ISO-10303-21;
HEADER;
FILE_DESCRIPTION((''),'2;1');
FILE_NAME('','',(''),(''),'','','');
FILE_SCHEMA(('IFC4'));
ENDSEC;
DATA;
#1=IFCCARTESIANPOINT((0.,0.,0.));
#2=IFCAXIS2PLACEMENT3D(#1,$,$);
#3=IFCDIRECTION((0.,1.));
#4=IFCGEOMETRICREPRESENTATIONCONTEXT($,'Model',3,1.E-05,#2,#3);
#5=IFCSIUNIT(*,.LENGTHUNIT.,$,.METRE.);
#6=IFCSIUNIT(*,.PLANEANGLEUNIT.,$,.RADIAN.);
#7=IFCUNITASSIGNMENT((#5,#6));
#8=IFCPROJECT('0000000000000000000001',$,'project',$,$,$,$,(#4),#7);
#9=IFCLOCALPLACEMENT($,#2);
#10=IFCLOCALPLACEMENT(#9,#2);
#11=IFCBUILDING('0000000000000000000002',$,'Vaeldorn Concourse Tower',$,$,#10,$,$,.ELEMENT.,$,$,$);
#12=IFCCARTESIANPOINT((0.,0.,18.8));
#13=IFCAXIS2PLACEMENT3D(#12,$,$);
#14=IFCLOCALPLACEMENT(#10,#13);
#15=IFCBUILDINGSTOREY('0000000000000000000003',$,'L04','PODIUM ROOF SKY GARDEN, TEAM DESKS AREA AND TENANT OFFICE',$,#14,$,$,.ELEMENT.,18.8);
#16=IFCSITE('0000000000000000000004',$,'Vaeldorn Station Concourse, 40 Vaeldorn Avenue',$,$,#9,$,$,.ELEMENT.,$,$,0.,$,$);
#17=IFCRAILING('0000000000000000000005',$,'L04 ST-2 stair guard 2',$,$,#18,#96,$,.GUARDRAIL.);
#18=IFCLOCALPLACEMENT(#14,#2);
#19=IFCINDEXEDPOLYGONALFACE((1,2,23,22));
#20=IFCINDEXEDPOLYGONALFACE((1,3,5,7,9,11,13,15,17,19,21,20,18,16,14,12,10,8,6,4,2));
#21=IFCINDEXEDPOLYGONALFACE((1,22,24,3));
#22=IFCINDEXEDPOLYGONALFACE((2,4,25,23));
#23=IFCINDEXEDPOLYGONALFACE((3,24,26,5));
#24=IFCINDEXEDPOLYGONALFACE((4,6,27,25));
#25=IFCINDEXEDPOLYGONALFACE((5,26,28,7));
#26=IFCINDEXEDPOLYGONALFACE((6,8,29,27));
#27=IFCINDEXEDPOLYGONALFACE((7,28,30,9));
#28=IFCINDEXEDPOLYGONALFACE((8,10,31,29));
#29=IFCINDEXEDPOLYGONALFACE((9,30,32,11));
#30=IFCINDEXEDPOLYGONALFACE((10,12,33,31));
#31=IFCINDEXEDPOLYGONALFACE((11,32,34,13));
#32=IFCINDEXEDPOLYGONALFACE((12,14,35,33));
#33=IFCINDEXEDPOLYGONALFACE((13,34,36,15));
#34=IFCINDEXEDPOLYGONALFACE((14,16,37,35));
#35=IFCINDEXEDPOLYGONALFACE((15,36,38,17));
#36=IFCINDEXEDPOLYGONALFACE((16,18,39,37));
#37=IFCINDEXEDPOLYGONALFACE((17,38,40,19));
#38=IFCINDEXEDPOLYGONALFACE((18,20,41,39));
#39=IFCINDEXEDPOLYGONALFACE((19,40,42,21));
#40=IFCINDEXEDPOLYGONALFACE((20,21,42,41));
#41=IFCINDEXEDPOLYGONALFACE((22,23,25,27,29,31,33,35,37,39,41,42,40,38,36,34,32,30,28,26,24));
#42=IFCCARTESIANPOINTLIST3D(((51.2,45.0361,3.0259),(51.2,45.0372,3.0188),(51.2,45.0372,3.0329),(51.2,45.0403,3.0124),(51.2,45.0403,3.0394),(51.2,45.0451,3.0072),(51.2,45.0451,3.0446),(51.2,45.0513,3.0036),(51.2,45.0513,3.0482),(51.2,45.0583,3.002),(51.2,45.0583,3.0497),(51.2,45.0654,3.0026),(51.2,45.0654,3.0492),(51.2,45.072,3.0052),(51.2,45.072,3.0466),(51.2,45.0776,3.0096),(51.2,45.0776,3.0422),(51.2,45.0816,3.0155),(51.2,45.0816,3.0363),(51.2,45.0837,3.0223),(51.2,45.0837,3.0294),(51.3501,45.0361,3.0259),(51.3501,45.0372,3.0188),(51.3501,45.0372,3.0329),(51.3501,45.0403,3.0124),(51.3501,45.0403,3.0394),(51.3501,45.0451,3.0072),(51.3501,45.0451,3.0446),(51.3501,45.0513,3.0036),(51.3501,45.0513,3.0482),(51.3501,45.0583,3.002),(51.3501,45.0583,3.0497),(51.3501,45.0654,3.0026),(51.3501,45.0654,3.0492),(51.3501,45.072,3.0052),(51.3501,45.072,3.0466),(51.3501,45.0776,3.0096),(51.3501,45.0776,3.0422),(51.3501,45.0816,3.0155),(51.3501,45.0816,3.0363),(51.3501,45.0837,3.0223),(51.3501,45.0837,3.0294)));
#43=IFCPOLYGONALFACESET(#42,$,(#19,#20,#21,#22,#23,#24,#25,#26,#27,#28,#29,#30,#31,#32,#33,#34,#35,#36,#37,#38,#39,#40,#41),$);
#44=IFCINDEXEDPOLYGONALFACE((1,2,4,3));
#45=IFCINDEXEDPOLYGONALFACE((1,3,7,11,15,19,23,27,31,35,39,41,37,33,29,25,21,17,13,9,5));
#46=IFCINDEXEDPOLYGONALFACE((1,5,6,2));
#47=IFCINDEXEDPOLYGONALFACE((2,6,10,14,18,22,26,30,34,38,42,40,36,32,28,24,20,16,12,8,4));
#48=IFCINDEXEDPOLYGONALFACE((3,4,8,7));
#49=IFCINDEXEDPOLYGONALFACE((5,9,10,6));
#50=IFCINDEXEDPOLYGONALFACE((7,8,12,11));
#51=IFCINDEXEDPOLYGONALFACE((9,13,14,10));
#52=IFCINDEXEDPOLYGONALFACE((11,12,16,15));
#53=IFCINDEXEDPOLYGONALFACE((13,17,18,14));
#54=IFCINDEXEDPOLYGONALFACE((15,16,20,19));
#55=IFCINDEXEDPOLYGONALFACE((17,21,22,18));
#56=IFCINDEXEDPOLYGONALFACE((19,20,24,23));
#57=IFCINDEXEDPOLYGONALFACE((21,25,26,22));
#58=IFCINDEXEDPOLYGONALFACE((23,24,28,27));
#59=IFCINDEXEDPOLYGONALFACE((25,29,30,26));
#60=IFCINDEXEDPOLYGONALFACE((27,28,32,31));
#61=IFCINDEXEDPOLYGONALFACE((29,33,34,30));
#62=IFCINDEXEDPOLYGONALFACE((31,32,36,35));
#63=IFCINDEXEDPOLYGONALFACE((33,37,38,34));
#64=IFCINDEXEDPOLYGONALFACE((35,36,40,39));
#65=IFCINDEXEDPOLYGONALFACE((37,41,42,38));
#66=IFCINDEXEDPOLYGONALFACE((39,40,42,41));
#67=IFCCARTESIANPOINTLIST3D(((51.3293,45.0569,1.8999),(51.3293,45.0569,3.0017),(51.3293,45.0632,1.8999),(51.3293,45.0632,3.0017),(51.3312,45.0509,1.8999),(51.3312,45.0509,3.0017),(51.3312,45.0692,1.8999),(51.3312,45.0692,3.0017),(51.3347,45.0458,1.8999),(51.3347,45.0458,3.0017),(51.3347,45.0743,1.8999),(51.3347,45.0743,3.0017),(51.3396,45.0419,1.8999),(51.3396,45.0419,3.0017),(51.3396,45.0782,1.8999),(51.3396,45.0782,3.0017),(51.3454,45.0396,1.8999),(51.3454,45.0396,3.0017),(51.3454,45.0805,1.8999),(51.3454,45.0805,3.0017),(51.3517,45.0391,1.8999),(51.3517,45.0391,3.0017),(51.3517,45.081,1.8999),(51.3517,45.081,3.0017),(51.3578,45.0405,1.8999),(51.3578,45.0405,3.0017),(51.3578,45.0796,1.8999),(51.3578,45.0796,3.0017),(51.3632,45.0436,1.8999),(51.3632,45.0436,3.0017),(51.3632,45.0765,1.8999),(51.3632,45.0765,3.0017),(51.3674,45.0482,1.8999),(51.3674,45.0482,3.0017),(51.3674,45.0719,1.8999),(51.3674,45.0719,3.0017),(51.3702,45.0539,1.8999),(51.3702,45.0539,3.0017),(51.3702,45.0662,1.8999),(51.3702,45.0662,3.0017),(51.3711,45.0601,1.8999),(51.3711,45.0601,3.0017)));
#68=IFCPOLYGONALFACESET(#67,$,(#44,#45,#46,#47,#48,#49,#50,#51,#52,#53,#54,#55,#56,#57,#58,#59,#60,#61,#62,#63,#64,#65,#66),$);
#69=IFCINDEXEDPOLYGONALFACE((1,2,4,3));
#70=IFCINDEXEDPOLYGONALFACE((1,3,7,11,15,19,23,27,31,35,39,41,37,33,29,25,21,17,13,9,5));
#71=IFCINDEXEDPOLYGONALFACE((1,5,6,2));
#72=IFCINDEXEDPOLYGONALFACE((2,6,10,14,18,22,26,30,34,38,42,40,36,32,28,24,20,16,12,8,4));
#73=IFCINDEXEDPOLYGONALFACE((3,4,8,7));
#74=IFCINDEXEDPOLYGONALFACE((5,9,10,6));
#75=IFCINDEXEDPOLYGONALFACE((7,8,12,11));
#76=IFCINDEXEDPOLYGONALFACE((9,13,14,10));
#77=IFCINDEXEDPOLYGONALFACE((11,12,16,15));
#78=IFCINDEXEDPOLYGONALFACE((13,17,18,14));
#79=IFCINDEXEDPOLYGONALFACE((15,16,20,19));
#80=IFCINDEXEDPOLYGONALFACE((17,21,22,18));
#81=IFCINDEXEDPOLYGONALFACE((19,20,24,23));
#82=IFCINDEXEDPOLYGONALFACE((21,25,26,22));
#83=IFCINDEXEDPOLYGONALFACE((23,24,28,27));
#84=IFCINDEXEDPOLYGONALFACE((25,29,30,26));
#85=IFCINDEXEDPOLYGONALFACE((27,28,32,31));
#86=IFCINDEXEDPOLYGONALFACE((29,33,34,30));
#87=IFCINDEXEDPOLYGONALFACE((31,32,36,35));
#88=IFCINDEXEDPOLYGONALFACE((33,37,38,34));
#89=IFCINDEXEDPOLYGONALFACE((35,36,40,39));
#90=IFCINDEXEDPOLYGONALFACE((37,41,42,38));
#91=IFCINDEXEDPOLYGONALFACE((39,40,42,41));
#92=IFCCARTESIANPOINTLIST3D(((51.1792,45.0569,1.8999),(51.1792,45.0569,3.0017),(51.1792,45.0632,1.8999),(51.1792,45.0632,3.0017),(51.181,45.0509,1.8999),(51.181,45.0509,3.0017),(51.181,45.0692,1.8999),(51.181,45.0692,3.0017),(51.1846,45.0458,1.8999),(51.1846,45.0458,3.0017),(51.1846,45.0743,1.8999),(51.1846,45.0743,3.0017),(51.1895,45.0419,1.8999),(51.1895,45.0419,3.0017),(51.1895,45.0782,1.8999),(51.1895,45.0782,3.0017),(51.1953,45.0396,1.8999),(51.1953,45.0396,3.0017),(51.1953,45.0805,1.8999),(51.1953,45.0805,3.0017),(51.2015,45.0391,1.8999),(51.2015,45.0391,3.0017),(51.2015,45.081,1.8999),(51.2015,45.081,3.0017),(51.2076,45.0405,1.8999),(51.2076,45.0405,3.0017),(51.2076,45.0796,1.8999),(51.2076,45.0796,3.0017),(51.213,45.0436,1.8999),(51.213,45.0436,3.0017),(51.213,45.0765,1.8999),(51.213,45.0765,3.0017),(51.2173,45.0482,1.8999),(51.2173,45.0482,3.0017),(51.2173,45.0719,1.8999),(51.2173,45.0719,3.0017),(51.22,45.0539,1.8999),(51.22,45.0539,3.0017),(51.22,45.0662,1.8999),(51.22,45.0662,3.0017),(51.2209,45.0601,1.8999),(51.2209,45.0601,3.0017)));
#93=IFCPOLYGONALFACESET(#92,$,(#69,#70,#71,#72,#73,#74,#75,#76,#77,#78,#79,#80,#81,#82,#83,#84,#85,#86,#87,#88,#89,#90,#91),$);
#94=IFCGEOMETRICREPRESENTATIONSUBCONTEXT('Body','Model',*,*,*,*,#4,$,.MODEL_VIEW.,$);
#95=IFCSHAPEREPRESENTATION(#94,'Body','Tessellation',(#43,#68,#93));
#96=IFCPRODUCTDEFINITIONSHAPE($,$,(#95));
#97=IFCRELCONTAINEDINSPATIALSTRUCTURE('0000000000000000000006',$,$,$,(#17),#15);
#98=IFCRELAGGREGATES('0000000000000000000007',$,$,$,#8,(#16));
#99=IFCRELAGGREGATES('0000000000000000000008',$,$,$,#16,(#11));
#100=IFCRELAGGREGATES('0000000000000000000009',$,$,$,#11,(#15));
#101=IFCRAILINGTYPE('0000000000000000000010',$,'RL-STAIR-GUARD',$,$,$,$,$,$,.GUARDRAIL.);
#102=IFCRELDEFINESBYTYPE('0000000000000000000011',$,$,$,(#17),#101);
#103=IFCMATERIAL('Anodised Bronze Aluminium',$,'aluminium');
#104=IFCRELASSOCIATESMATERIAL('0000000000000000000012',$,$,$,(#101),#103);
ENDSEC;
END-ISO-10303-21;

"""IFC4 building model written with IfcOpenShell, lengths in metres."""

from ifc_helpers import new_model, si_unit, direction, frame, origin, origin_2d, place, context, subcontext, project, spatial, circle, extrude, material, type_object, element, save


model = new_model("IFC4")

# Units and contexts
model_context = context("Model", 3, precision=1e-05, world=origin(), true_north=direction((0.0, 1.0)))
body_context = subcontext(model_context, "Body", "Model", "MODEL_VIEW")
ifc_project = project(units=[si_unit("LENGTHUNIT", "METRE"), si_unit("PLANEANGLEUNIT", "RADIAN")], contexts=[model_context])

# Site, building, storey
site_placement = place(None, origin())
site = spatial("IfcSite", under=ifc_project, at=site_placement, Name="Vaeldorn Station Concourse, 40 Vaeldorn Avenue", CompositionType="ELEMENT", RefElevation=0.0)
building_placement = place(site_placement, origin())
building = spatial("IfcBuilding", under=site, at=building_placement, Name="Vaeldorn Concourse Tower", CompositionType="ELEMENT")
storey_placement = place(building_placement, frame((0.0, 0.0, 18.8)))
storey = spatial("IfcBuildingStorey", under=building, at=storey_placement, Name="L04", Description="PODIUM ROOF SKY GARDEN, TEAM DESKS AREA AND TENANT OFFICE", CompositionType="ELEMENT", Elevation=18.8)

# Shared definitions
ifc_material_1 = material(Name="Anodised Bronze Aluminium", Category="aluminium")

# Railing
railing_type_1 = type_object("IfcRailingType", Name="RL-STAIR-GUARD", PredefinedType="GUARDRAIL", material=ifc_material_1)
railing_1_placement = place(storey_placement, frame((51.3501, 45.0601, 1.8999)))
element("IfcRailing", 1, at=railing_1_placement, inside=storey, type_object=railing_type_1, Name="L04 ST-2 stair guard 2", PredefinedType="GUARDRAIL", context=body_context, shape_type="SweptSolid", body=[
    extrude(circle(Radius=0.0239, at=origin_2d()), frame((0.0, 0.0, 1.126), z_axis=(-1.0, 0.0, 0.0), x_axis=(0.0, -1.0, 0.0)), (0.0, 0.0, 1.0), 0.1501),
    extrude(circle(Radius=0.021, at=origin_2d()), origin(), (0.0, 0.0, 1.0), 1.1018),
    extrude(circle(Radius=0.021, at=origin_2d()), frame((-0.1501, 0.0, 0.0)), (0.0, 0.0, 1.0), 1.1018),
])

save(model, "model.ifc")
